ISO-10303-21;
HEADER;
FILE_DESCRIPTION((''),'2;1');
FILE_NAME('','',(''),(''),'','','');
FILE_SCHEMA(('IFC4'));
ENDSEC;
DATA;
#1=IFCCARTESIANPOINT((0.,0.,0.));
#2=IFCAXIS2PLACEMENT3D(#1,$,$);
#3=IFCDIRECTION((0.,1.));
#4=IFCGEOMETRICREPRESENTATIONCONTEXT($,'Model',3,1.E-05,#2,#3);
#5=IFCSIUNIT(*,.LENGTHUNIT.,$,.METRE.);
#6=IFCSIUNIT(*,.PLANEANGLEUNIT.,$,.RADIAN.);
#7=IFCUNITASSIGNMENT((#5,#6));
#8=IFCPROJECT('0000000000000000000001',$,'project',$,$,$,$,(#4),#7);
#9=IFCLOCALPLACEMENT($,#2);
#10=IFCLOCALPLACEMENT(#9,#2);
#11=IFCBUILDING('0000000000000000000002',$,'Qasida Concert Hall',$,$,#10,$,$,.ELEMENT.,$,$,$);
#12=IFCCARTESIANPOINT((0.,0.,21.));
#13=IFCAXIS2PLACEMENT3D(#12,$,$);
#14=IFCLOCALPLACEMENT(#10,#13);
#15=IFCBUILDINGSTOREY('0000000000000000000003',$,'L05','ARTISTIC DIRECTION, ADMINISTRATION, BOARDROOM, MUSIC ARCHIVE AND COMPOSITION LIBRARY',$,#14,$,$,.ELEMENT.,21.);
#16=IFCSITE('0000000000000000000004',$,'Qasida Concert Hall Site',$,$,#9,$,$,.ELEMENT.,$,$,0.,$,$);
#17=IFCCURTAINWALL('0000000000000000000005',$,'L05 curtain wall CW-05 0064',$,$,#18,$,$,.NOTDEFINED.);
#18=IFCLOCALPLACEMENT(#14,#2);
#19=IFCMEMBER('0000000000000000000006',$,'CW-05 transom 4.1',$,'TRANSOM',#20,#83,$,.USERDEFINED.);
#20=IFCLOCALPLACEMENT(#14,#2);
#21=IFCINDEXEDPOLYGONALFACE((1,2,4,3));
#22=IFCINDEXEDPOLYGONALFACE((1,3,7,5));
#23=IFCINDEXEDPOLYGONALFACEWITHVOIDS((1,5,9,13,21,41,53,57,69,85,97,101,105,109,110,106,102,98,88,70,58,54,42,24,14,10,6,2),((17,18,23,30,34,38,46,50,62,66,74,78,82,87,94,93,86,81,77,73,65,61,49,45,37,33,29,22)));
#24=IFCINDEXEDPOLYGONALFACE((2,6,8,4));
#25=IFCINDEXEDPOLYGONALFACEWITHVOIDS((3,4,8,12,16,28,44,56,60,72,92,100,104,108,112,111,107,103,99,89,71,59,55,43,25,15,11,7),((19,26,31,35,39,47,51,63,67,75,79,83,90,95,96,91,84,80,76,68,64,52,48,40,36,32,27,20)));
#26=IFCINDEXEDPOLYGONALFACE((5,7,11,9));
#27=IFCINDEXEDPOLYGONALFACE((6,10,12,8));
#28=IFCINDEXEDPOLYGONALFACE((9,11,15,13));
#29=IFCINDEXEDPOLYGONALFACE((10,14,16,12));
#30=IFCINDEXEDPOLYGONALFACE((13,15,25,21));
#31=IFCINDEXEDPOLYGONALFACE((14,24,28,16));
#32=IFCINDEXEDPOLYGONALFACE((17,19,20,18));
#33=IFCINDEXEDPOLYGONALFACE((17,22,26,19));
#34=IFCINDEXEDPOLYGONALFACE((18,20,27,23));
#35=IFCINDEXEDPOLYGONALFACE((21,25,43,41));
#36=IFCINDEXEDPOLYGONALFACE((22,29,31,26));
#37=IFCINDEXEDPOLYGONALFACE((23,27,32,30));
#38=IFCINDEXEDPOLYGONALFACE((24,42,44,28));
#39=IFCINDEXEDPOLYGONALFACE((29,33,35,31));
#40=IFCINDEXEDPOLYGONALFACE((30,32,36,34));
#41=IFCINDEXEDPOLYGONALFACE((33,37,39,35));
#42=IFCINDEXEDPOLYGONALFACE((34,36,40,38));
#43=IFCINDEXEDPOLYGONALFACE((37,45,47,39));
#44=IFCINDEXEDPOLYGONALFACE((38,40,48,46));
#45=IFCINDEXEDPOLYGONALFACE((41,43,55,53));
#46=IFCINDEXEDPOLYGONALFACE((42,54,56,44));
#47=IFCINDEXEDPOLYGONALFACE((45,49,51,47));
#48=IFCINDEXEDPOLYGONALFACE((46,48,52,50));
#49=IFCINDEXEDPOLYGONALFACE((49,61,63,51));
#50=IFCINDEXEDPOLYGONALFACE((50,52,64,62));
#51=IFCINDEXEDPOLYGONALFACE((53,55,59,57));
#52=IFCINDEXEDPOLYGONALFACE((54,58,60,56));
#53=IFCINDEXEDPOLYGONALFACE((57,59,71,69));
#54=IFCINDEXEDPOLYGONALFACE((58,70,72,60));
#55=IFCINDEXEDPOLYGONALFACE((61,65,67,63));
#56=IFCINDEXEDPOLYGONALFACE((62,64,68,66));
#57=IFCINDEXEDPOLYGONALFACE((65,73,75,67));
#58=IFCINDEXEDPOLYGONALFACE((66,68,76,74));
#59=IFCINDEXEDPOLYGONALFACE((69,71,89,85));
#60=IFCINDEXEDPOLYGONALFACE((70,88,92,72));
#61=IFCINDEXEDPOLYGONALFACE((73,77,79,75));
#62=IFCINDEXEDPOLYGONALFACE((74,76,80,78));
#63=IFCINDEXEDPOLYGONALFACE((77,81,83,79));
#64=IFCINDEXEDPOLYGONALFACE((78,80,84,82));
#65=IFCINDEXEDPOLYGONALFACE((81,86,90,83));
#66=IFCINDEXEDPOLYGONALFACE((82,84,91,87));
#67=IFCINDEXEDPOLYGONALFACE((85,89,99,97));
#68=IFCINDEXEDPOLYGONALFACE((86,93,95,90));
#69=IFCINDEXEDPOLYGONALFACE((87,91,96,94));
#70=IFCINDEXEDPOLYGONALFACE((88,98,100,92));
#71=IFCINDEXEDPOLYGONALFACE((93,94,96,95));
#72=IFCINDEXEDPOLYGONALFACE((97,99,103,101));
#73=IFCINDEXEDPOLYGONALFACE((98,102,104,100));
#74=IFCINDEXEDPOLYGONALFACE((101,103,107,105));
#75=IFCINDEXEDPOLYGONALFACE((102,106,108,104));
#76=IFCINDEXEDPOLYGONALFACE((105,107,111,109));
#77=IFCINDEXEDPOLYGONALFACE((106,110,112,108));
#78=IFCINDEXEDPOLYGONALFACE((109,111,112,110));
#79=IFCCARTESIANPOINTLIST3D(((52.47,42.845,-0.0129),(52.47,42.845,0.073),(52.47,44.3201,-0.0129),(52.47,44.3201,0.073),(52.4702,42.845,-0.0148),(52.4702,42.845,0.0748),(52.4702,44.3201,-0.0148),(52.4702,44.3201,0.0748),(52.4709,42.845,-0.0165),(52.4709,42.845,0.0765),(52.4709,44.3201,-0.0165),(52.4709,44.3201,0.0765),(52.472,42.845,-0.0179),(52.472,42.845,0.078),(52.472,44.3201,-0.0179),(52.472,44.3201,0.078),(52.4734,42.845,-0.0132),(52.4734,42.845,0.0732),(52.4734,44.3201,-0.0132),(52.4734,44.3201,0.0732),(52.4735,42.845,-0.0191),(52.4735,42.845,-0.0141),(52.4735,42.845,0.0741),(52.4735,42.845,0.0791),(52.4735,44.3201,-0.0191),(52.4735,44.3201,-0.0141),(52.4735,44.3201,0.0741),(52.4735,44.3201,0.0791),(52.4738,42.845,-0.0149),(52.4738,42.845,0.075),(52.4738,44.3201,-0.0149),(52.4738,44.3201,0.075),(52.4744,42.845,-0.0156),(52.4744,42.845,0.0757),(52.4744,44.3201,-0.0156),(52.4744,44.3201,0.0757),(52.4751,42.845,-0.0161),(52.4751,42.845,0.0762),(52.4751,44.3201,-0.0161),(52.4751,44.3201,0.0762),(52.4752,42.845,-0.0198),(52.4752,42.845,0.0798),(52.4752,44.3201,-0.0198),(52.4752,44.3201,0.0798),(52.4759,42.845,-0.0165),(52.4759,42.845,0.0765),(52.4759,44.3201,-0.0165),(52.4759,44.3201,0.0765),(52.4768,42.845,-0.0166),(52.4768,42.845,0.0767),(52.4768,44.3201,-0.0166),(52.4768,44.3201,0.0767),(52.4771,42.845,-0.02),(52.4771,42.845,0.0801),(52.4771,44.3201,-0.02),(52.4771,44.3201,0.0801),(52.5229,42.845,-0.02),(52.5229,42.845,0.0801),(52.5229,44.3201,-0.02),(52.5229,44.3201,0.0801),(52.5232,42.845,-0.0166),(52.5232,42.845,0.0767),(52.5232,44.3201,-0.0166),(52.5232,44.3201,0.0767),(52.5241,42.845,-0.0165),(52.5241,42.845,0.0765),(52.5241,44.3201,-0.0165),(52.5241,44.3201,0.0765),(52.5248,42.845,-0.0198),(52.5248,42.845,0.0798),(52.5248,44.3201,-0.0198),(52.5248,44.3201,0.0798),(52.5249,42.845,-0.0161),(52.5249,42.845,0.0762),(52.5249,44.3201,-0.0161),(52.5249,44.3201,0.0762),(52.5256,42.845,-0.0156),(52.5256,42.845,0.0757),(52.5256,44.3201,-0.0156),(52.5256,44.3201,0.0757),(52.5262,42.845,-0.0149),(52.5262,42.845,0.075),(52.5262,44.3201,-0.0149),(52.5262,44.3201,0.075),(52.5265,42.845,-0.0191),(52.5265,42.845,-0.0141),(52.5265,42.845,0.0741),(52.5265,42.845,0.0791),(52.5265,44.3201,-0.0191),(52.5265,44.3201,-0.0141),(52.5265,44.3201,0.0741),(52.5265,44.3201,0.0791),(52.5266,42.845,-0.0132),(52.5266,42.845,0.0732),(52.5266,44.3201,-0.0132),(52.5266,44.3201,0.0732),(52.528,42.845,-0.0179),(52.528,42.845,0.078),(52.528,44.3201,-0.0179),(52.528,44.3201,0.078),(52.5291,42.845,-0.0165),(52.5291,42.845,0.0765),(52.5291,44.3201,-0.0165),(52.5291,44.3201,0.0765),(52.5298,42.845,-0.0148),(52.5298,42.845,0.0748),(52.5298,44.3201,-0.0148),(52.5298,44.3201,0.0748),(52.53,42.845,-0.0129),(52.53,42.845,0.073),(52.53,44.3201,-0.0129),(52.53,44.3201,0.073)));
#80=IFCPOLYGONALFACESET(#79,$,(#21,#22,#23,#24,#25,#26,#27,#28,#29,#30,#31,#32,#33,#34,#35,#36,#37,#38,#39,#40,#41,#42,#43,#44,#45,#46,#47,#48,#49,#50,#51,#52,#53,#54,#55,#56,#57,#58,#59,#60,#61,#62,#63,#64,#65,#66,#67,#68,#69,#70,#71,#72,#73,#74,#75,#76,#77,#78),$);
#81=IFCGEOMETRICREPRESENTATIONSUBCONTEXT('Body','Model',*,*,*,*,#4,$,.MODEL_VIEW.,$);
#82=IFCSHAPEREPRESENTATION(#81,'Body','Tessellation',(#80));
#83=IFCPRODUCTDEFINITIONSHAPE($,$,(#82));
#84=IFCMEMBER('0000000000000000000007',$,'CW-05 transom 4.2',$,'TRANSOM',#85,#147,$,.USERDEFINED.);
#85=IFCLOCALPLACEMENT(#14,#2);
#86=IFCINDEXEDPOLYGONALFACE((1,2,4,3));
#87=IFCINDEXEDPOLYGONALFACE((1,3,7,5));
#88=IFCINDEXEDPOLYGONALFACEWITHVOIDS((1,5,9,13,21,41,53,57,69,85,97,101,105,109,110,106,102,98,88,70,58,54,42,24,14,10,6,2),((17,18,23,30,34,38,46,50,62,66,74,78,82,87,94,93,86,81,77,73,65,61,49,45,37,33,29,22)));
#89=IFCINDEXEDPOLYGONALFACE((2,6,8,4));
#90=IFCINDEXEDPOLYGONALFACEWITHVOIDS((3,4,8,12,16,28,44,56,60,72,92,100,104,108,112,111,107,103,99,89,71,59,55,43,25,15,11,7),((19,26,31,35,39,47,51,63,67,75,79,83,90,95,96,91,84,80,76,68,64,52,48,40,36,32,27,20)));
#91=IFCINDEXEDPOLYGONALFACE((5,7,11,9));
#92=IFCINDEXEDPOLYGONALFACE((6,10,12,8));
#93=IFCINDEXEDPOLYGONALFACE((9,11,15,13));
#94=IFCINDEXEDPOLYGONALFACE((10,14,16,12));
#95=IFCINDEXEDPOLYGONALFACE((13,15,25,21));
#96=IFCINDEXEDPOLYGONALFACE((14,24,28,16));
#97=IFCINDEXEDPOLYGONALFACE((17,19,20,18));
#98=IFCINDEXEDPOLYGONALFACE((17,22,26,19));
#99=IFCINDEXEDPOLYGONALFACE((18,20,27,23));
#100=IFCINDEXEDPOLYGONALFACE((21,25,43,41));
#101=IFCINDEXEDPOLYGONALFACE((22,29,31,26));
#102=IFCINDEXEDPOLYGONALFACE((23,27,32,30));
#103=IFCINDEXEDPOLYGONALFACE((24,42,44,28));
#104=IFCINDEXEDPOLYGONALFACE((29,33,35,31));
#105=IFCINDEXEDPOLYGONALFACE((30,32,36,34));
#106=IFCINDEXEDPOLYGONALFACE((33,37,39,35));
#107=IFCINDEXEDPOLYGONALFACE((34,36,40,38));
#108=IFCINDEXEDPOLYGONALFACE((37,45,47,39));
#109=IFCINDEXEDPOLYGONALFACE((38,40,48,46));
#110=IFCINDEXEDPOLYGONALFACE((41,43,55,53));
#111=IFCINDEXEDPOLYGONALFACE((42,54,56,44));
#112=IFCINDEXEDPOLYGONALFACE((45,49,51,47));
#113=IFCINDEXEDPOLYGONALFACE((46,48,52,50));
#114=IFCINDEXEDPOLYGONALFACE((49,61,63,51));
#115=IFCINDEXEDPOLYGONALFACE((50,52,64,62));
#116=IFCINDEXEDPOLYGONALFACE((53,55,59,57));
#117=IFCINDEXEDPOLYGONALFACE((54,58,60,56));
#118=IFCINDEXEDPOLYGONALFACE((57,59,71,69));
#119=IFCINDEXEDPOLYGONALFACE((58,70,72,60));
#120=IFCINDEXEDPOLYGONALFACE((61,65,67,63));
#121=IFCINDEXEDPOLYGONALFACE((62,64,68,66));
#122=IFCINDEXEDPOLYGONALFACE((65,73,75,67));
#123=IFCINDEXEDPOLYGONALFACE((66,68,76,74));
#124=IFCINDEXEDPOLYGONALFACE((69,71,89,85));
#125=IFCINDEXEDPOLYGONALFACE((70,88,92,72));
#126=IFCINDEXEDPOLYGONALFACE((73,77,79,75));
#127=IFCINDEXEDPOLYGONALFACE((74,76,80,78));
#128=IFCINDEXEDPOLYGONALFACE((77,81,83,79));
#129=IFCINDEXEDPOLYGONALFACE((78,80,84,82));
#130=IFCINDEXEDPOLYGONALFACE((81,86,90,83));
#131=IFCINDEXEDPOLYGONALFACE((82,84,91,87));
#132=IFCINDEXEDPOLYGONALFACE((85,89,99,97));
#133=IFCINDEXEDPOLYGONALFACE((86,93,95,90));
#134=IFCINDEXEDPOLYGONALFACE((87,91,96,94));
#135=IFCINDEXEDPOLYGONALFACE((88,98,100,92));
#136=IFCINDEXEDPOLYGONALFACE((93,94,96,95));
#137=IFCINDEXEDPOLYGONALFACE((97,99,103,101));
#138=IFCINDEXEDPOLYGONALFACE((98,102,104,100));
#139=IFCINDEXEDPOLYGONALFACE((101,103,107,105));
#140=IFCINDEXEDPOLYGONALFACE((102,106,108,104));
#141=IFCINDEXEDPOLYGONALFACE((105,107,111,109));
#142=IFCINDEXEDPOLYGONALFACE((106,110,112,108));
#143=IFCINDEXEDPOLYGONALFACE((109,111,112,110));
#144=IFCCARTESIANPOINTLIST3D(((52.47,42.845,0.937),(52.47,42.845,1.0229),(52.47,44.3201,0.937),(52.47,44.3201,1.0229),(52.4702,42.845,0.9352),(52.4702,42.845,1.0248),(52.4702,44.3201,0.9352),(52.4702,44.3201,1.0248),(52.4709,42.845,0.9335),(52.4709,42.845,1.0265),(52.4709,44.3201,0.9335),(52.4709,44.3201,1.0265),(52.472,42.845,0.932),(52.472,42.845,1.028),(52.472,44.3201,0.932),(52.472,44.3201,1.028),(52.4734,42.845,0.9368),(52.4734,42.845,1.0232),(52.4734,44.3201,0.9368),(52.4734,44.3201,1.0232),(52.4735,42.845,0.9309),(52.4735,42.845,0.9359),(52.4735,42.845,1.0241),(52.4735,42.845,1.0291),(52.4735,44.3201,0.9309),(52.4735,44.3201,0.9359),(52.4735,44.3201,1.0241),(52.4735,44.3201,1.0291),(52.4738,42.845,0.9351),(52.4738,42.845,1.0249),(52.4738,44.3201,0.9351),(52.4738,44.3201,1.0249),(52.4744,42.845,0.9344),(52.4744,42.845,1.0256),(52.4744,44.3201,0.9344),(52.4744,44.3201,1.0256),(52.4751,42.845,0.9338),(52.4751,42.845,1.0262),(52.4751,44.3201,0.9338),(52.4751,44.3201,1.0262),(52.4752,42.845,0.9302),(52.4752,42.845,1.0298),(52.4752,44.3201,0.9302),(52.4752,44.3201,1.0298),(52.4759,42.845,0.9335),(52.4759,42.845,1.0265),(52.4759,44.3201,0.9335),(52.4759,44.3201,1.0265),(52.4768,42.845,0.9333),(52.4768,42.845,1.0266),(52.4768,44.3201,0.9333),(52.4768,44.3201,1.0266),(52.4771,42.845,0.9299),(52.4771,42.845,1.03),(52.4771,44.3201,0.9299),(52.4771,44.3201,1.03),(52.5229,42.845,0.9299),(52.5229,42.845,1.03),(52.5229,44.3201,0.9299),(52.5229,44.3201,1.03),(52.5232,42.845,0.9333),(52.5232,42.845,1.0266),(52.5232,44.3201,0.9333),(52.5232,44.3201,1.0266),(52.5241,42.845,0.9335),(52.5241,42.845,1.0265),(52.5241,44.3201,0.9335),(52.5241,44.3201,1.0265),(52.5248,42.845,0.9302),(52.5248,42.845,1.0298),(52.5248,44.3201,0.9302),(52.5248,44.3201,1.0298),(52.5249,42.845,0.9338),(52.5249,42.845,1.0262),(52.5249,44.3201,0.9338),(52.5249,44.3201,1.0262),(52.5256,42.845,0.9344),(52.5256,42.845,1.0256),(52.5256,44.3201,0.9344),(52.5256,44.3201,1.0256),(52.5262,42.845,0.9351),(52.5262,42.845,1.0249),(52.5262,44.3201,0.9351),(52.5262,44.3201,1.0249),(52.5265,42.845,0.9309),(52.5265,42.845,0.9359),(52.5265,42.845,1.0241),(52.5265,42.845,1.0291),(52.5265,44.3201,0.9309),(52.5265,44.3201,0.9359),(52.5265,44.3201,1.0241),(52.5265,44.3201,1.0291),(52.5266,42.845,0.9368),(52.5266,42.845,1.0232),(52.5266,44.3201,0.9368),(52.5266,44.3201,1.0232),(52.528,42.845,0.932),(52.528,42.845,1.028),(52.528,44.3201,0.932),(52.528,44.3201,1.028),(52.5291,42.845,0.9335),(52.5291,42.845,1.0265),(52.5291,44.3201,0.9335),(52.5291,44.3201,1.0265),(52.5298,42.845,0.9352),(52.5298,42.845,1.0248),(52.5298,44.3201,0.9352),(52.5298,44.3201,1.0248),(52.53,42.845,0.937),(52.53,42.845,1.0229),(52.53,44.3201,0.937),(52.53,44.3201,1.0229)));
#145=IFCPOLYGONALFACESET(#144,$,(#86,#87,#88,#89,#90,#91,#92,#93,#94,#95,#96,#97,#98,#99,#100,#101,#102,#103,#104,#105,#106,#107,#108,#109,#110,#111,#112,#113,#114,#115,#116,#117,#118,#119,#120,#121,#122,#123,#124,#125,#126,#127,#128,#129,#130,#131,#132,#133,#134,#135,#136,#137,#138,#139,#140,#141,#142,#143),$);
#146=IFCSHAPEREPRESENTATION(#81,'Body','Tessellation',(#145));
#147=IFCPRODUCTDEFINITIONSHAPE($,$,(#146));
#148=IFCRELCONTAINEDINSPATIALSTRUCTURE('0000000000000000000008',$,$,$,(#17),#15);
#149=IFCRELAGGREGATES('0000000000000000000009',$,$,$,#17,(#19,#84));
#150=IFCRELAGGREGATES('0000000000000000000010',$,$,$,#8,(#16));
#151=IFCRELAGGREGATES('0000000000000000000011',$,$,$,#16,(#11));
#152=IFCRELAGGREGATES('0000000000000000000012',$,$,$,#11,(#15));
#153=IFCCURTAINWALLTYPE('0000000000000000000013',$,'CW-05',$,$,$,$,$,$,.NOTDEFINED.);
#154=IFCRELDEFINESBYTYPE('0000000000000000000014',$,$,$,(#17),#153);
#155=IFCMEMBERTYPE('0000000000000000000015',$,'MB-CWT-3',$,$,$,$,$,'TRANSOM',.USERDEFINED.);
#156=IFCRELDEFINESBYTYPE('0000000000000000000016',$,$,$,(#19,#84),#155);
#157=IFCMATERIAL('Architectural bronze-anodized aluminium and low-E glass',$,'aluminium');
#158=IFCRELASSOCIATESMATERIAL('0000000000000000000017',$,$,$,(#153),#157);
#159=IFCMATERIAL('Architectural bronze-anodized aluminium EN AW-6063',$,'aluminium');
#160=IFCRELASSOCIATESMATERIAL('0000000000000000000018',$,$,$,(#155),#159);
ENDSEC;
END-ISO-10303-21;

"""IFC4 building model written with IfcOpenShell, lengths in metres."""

from ifc_helpers import new_model, si_unit, direction, frame, origin, origin_2d, place, context, subcontext, project, spatial, hollow_rectangle, extrude, material, material_profile, profile_set, type_object, element, aggregate, save


model = new_model("IFC4")

# Units and contexts
model_context = context("Model", 3, precision=1e-05, world=origin(), true_north=direction((0.0, 1.0)))
body_context = subcontext(model_context, "Body", "Model", "MODEL_VIEW")
ifc_project = project(units=[si_unit("LENGTHUNIT", "METRE"), si_unit("PLANEANGLEUNIT", "RADIAN")], contexts=[model_context])

# Site, building, storey
site_placement = place(None, origin())
site = spatial("IfcSite", under=ifc_project, at=site_placement, Name="Qasida Concert Hall Site", CompositionType="ELEMENT", RefElevation=0.0)
building_placement = place(site_placement, origin())
building = spatial("IfcBuilding", under=site, at=building_placement, Name="Qasida Concert Hall", CompositionType="ELEMENT")
storey_placement = place(building_placement, frame((0.0, 0.0, 21.0)))
storey = spatial("IfcBuildingStorey", under=building, at=storey_placement, Name="L05", Description="ARTISTIC DIRECTION, ADMINISTRATION, BOARDROOM, MUSIC ARCHIVE AND COMPOSITION LIBRARY", CompositionType="ELEMENT", Elevation=21.0)

# Curtain wall, members
ifc_material_1 = material(Name="Architectural bronze-anodized aluminium and low-E glass", Category="aluminium")
curtain_wall_type = type_object("IfcCurtainWallType", Name="CW-05", PredefinedType="NOTDEFINED", material=ifc_material_1)
curtain_wall_placement = place(storey_placement, origin())
curtain_wall = element("IfcCurtainWall", 1, at=curtain_wall_placement, inside=storey, type_object=curtain_wall_type, Name="L05 curtain wall CW-05 0064", PredefinedType="NOTDEFINED")
ifc_material_2 = material(Name="Architectural bronze-anodized aluminium EN AW-6063", Category="aluminium")
ifc_material_profile_1 = material_profile(ifc_material_2, hollow_rectangle(XDim=0.0601, YDim=0.1001, WallThickness=0.0034, InnerFilletRadius=0.0034, OuterFilletRadius=0.0071, at=origin_2d()), Name="CWT 100x60x3.5")
ifc_profile_set_1 = profile_set([ifc_material_profile_1], Name="Architectural bronze-anodized aluminium EN AW-6063")
member_type_1 = type_object("IfcMemberType", Name="MB-CWT-3", ElementType="TRANSOM", PredefinedType="USERDEFINED", material=ifc_profile_set_1)
member_1_placement = place(storey_placement, frame((52.5, 42.845, 0.03), z_axis=(0.0, 1.0, 0.0), x_axis=(-1.0, 0.0, 0.0)))
member_1 = element("IfcMember", 2, at=member_1_placement, type_object=member_type_1, Name="CW-05 transom 4.1", ObjectType="TRANSOM", PredefinedType="USERDEFINED", context=body_context, shape_type="SweptSolid", body=[
    extrude(hollow_rectangle(XDim=0.0601, YDim=0.1001, WallThickness=0.0034, InnerFilletRadius=0.0034, OuterFilletRadius=0.0071, at=origin_2d()), origin(), (0.0, 0.0, 1.0), 1.4751),
])
member_2_placement = place(storey_placement, frame((52.5, 42.845, 0.98), z_axis=(0.0, 1.0, 0.0), x_axis=(-1.0, 0.0, 0.0)))
member_2 = element("IfcMember", 3, at=member_2_placement, type_object=member_type_1, Name="CW-05 transom 4.2", ObjectType="TRANSOM", PredefinedType="USERDEFINED", context=body_context, shape_type="SweptSolid", body=[
    extrude(hollow_rectangle(XDim=0.0601, YDim=0.1001, WallThickness=0.0034, InnerFilletRadius=0.0034, OuterFilletRadius=0.0071, at=origin_2d()), origin(), (0.0, 0.0, 1.0), 1.4751),
])
aggregate(curtain_wall, [member_1, member_2])

save(model, "model.ifc")
